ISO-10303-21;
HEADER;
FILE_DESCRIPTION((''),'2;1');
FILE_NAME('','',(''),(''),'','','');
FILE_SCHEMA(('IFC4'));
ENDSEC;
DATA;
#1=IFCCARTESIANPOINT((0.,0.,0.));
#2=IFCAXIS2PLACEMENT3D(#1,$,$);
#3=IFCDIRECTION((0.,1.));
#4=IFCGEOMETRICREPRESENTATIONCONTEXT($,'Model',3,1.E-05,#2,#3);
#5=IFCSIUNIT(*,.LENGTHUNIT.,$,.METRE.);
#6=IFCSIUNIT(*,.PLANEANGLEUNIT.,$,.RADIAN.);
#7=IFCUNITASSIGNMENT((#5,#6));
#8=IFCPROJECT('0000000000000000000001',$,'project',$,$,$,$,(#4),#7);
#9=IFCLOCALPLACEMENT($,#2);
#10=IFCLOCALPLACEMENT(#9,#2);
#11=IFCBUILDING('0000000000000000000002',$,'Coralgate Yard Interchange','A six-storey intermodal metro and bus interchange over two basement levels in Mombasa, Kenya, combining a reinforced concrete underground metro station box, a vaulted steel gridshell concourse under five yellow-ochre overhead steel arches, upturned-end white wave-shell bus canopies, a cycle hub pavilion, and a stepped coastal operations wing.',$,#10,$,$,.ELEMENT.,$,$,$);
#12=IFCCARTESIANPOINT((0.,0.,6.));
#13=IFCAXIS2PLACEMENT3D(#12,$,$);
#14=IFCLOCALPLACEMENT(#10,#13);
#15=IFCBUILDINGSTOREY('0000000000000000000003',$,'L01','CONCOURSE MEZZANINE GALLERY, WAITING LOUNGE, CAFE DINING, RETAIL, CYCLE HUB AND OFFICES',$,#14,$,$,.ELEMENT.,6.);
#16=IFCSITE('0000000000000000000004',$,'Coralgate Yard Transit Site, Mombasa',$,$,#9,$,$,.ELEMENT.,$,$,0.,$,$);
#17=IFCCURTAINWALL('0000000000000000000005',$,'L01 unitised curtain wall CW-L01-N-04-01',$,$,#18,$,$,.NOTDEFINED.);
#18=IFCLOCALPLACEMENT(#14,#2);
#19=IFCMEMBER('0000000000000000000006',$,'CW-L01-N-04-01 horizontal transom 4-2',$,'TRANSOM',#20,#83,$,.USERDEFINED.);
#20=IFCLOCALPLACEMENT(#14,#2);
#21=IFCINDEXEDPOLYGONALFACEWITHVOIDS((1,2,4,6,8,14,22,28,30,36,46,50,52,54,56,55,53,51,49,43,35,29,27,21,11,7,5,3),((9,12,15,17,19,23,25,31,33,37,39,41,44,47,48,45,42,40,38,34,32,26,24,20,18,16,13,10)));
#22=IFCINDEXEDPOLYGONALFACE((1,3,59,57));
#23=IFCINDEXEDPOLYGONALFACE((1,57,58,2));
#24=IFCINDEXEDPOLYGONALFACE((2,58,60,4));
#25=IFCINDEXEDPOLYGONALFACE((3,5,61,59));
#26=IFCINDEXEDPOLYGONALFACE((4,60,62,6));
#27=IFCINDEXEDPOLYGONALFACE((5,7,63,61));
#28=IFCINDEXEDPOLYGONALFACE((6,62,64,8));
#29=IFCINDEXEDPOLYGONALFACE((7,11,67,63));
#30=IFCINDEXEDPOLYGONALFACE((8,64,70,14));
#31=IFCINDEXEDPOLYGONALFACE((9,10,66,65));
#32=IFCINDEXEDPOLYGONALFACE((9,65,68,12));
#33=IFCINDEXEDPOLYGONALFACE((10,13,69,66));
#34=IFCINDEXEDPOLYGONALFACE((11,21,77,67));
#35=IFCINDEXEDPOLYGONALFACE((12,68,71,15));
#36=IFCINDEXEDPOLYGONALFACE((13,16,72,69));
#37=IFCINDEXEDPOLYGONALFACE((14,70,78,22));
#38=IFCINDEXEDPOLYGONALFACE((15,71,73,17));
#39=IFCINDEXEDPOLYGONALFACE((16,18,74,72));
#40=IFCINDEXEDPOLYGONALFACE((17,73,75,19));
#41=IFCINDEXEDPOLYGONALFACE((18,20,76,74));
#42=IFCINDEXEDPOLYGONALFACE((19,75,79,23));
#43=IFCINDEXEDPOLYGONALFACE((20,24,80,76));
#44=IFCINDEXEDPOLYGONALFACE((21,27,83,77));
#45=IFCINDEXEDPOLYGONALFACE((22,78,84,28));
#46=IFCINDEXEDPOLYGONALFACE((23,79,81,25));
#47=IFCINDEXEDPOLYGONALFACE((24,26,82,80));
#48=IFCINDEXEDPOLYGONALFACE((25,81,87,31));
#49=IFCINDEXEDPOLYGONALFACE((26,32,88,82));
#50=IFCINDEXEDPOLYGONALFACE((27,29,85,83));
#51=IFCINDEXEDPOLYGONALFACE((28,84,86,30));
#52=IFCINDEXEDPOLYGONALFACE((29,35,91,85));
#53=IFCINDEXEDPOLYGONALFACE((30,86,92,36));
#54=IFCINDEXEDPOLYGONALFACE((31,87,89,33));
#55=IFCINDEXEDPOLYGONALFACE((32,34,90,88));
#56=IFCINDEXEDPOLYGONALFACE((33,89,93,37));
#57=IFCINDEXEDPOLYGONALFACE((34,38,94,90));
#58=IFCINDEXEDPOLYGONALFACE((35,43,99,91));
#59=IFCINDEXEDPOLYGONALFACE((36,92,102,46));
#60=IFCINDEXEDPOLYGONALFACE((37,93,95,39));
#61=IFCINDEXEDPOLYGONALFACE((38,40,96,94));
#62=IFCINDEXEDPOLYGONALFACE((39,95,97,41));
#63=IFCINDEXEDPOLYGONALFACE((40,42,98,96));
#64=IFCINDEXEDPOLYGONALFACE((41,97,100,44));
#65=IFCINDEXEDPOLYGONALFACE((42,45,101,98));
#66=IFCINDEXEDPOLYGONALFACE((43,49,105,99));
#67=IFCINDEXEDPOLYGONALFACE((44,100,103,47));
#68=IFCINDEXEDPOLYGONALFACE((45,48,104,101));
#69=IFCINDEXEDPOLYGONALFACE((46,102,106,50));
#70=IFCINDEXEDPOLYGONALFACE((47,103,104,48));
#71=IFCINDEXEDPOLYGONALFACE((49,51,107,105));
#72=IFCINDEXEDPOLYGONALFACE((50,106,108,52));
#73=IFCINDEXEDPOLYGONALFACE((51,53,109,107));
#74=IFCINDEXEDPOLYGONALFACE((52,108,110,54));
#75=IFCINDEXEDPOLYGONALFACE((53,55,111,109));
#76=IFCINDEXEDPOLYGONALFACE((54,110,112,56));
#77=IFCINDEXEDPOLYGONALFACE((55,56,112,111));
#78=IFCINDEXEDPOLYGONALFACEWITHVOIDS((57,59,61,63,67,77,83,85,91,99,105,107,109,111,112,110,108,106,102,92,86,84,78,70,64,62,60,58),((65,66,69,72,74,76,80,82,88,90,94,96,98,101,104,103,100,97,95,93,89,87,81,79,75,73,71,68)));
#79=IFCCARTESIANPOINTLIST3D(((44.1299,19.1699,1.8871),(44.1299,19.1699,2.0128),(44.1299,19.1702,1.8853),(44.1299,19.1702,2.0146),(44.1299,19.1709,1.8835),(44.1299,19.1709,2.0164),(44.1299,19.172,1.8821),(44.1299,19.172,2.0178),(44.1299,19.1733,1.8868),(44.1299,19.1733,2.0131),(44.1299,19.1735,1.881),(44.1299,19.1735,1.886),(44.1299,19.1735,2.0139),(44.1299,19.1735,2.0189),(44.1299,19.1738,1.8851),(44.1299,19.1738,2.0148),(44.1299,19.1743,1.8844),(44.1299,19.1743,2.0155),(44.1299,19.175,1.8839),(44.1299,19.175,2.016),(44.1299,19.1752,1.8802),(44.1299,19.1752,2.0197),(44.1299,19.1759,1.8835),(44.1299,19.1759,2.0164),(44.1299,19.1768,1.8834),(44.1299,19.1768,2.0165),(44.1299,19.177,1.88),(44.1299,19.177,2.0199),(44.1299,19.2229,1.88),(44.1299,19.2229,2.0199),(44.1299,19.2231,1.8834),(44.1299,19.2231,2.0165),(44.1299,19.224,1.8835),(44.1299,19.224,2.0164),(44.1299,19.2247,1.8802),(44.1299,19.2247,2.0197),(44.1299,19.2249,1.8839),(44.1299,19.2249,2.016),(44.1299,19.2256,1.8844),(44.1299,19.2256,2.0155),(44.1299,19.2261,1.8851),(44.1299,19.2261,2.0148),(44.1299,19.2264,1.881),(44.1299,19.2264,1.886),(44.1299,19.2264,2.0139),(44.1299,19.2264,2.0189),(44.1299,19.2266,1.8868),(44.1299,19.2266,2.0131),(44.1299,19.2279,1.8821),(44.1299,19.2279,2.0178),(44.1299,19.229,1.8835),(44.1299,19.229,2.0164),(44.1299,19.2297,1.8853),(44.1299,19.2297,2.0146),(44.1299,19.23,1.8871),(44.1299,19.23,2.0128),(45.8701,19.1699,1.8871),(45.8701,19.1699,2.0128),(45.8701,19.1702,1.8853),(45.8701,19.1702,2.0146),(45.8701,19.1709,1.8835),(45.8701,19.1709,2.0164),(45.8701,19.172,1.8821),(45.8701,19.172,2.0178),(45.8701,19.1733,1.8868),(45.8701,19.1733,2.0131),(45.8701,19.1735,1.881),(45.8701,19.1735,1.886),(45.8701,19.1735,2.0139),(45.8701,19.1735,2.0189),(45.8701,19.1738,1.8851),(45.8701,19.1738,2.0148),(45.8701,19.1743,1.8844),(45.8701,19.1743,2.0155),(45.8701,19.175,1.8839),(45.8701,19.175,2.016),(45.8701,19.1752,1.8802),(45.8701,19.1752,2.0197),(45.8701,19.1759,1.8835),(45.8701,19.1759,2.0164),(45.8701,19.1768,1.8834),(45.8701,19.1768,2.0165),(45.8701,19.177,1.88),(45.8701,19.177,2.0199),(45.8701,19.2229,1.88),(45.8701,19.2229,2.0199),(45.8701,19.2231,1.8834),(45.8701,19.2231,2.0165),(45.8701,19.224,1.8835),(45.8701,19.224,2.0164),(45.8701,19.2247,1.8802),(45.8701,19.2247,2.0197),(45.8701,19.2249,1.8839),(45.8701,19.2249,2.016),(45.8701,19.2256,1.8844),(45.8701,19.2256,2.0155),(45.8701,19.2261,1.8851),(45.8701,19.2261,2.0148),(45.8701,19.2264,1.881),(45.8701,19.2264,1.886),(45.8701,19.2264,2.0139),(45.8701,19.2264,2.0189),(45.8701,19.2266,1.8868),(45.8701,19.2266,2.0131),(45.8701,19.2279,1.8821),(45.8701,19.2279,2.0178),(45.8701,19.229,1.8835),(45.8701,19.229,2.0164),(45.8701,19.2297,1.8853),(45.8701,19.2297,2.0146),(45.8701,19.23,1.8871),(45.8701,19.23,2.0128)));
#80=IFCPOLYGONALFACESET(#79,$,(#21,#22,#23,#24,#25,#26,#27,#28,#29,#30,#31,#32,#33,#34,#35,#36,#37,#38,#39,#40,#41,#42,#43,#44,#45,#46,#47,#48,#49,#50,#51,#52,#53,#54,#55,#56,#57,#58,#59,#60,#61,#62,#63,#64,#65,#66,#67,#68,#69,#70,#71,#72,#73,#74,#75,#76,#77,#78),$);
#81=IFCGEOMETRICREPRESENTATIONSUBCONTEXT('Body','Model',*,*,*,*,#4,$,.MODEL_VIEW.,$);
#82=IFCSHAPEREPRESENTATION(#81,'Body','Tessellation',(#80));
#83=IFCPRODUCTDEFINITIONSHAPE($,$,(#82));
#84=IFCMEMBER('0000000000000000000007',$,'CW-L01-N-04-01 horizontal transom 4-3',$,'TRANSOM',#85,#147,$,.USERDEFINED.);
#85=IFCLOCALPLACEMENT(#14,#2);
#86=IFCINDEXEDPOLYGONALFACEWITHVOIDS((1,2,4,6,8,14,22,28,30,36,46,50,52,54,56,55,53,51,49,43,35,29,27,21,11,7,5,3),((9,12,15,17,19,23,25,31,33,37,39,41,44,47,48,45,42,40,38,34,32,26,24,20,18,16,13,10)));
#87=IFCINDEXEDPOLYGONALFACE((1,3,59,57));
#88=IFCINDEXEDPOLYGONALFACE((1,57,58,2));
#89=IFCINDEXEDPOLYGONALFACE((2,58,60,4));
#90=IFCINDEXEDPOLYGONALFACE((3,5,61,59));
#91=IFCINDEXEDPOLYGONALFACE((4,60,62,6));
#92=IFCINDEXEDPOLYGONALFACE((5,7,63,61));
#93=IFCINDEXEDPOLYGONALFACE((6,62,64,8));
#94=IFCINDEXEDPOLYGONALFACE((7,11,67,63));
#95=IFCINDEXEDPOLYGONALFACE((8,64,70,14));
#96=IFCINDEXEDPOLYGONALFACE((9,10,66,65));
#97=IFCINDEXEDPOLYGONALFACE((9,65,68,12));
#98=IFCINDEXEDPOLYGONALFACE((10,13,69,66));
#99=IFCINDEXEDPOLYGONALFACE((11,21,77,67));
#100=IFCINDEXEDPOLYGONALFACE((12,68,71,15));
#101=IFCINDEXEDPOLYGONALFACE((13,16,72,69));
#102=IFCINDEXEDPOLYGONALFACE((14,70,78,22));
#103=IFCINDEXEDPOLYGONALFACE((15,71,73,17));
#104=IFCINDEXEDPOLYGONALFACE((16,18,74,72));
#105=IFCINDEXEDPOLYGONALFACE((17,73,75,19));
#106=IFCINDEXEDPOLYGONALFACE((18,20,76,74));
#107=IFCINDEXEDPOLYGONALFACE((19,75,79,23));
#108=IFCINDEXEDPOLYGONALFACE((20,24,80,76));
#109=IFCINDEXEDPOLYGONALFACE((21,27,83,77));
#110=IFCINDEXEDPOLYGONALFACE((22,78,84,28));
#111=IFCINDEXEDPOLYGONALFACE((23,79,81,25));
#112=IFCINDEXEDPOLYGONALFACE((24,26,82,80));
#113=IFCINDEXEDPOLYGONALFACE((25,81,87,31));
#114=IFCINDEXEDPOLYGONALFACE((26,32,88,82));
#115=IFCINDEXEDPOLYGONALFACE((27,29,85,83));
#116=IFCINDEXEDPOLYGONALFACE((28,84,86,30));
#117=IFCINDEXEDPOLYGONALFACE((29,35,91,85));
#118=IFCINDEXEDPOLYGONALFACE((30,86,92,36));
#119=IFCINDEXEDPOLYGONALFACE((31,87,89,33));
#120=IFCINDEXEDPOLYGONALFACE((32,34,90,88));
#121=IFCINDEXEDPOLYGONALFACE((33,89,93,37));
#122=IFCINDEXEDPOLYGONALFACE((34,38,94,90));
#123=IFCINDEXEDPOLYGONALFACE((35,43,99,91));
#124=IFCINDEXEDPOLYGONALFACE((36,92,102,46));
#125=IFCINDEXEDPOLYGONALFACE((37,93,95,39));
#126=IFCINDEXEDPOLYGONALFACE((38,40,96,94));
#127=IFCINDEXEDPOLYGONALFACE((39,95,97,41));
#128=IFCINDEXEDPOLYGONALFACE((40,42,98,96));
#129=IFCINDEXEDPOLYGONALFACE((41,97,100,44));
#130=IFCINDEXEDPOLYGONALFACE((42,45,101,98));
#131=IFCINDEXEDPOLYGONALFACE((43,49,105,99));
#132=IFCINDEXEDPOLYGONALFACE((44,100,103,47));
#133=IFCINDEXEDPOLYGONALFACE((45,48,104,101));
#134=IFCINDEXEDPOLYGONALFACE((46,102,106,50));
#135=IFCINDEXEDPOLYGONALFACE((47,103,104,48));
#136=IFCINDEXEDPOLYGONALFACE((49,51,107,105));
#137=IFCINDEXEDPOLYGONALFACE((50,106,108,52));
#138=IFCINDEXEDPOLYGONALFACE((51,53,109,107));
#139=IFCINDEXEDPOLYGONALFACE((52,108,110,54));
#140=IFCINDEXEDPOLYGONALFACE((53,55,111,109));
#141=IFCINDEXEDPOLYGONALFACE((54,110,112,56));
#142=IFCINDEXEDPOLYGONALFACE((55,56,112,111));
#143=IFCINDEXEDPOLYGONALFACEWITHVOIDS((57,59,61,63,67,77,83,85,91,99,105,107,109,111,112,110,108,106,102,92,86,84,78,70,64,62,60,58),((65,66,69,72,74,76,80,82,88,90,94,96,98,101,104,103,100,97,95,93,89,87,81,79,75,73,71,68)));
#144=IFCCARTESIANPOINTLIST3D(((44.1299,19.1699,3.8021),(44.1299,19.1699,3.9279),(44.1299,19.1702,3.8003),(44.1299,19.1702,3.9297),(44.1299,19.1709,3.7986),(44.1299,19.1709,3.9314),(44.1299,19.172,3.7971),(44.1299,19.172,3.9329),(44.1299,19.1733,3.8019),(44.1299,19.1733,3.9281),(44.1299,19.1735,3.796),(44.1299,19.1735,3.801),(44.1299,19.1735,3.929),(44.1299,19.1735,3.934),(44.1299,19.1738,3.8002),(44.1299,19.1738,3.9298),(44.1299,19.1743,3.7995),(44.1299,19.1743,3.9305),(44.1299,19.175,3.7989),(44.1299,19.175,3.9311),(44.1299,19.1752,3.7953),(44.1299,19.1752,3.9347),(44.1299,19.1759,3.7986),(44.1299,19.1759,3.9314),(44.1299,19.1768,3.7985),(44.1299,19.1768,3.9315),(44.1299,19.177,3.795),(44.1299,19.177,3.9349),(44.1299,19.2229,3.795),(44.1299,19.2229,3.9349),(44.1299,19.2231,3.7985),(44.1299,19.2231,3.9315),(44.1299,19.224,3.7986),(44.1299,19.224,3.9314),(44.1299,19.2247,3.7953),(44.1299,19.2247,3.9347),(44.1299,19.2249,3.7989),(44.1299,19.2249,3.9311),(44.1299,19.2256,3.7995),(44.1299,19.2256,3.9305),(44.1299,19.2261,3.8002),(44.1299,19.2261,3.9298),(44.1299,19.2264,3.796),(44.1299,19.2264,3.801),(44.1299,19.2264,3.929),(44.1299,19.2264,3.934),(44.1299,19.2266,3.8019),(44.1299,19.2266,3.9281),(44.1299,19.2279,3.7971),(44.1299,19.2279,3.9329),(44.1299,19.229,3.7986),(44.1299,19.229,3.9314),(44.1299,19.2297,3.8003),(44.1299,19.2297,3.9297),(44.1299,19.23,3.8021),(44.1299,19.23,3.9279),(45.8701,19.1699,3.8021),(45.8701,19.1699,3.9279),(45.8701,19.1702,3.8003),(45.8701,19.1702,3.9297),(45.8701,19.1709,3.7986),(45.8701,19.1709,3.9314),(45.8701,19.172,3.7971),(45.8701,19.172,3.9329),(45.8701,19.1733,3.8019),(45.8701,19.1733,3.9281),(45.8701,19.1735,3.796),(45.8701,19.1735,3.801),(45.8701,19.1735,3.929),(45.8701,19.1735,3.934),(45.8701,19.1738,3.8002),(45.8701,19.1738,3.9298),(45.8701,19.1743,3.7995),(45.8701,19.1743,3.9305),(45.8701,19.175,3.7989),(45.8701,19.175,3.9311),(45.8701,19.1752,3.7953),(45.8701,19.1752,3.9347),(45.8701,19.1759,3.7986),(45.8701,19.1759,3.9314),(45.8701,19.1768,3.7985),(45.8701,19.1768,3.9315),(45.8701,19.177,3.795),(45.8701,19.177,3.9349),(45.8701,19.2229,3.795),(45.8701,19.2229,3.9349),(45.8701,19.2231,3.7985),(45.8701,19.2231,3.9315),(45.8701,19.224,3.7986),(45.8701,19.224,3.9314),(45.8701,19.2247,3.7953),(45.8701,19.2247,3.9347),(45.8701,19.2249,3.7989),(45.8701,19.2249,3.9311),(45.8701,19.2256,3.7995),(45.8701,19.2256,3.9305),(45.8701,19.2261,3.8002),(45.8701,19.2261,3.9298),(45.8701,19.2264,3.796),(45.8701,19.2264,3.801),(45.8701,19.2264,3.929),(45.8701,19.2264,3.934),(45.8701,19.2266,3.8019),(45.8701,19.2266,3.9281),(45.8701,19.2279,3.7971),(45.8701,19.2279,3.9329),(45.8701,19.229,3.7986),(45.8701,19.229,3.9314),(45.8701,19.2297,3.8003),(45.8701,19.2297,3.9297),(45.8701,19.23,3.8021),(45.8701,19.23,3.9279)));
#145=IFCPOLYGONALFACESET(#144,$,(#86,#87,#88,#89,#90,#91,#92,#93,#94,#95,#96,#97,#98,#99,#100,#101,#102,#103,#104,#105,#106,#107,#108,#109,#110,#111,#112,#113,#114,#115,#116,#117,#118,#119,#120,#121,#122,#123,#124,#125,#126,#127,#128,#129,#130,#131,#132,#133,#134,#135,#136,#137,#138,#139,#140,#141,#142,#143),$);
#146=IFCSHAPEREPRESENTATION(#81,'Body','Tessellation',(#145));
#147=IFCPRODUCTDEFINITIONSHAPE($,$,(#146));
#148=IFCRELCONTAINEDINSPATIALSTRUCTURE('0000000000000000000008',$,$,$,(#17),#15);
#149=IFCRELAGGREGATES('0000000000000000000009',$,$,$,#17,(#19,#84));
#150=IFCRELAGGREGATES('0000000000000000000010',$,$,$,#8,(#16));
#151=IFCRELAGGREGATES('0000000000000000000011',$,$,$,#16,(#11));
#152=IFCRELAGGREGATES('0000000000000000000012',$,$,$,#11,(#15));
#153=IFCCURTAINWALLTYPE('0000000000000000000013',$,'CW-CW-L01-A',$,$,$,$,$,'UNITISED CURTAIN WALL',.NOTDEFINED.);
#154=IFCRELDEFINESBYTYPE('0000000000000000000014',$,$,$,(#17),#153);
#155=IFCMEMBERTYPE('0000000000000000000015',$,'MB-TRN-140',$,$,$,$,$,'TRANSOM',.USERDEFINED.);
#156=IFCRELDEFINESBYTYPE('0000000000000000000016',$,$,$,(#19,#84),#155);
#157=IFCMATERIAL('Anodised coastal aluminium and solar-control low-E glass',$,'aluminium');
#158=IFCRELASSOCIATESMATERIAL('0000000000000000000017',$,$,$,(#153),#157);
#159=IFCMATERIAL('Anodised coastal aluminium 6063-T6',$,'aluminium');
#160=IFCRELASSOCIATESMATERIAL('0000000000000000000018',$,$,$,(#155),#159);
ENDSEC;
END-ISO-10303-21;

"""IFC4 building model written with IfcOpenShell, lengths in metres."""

from ifc_helpers import new_model, si_unit, direction, frame, origin, origin_2d, place, context, subcontext, project, spatial, hollow_rectangle, extrude, material, material_profile, profile_set, type_object, element, aggregate, save


model = new_model("IFC4")

# Units and contexts
model_context = context("Model", 3, precision=1e-05, world=origin(), true_north=direction((0.0, 1.0)))
body_context = subcontext(model_context, "Body", "Model", "MODEL_VIEW")
ifc_project = project(units=[si_unit("LENGTHUNIT", "METRE"), si_unit("PLANEANGLEUNIT", "RADIAN")], contexts=[model_context])

# Site, building, storey
site_placement = place(None, origin())
site = spatial("IfcSite", under=ifc_project, at=site_placement, Name="Coralgate Yard Transit Site, Mombasa", CompositionType="ELEMENT", RefElevation=0.0)
building_placement = place(site_placement, origin())
building = spatial("IfcBuilding", under=site, at=building_placement, Name="Coralgate Yard Interchange", Description="A six-storey intermodal metro and bus interchange over two basement levels in Mombasa, Kenya, combining a reinforced concrete underground metro station box, a vaulted steel gridshell concourse under five yellow-ochre overhead steel arches, upturned-end white wave-shell bus canopies, a cycle hub pavilion, and a stepped coastal operations wing.", CompositionType="ELEMENT")
storey_placement = place(building_placement, frame((0.0, 0.0, 6.0)))
storey = spatial("IfcBuildingStorey", under=building, at=storey_placement, Name="L01", Description="CONCOURSE MEZZANINE GALLERY, WAITING LOUNGE, CAFE DINING, RETAIL, CYCLE HUB AND OFFICES", CompositionType="ELEMENT", Elevation=6.0)

# Curtain wall, members
ifc_material_1 = material(Name="Anodised coastal aluminium and solar-control low-E glass", Category="aluminium")
curtain_wall_type = type_object("IfcCurtainWallType", Name="CW-CW-L01-A", ElementType="UNITISED CURTAIN WALL", PredefinedType="NOTDEFINED", material=ifc_material_1)
curtain_wall_placement = place(storey_placement, origin())
curtain_wall = element("IfcCurtainWall", 1, at=curtain_wall_placement, inside=storey, type_object=curtain_wall_type, Name="L01 unitised curtain wall CW-L01-N-04-01", PredefinedType="NOTDEFINED")
ifc_material_2 = material(Name="Anodised coastal aluminium 6063-T6", Category="aluminium")
ifc_material_profile_1 = material_profile(ifc_material_2, hollow_rectangle(XDim=0.0601, YDim=0.1399, WallThickness=0.0034, InnerFilletRadius=0.0034, OuterFilletRadius=0.0071, at=origin_2d()), Name="ALU 60x140x3.5")
ifc_profile_set_1 = profile_set([ifc_material_profile_1], Name="Anodised coastal aluminium 6063-T6")
member_type_1 = type_object("IfcMemberType", Name="MB-TRN-140", ElementType="TRANSOM", PredefinedType="USERDEFINED", material=ifc_profile_set_1)
member_1_placement = place(storey_placement, frame((44.1299, 19.2, 1.95), z_axis=(1.0, 0.0, 0.0), x_axis=(0.0, 1.0, 0.0)))
member_1 = element("IfcMember", 2, at=member_1_placement, type_object=member_type_1, Name="CW-L01-N-04-01 horizontal transom 4-2", ObjectType="TRANSOM", PredefinedType="USERDEFINED", context=body_context, shape_type="SweptSolid", body=[
    extrude(hollow_rectangle(XDim=0.0601, YDim=0.1399, WallThickness=0.0034, InnerFilletRadius=0.0034, OuterFilletRadius=0.0071, at=origin_2d()), origin(), (0.0, 0.0, 1.0), 1.7402),
])
member_2_placement = place(storey_placement, frame((44.1299, 19.2, 3.865), z_axis=(1.0, 0.0, 0.0), x_axis=(0.0, 1.0, 0.0)))
member_2 = element("IfcMember", 3, at=member_2_placement, type_object=member_type_1, Name="CW-L01-N-04-01 horizontal transom 4-3", ObjectType="TRANSOM", PredefinedType="USERDEFINED", context=body_context, shape_type="SweptSolid", body=[
    extrude(hollow_rectangle(XDim=0.0601, YDim=0.1399, WallThickness=0.0034, InnerFilletRadius=0.0034, OuterFilletRadius=0.0071, at=origin_2d()), origin(), (0.0, 0.0, 1.0), 1.7402),
])
aggregate(curtain_wall, [member_1, member_2])

save(model, "model.ifc")
